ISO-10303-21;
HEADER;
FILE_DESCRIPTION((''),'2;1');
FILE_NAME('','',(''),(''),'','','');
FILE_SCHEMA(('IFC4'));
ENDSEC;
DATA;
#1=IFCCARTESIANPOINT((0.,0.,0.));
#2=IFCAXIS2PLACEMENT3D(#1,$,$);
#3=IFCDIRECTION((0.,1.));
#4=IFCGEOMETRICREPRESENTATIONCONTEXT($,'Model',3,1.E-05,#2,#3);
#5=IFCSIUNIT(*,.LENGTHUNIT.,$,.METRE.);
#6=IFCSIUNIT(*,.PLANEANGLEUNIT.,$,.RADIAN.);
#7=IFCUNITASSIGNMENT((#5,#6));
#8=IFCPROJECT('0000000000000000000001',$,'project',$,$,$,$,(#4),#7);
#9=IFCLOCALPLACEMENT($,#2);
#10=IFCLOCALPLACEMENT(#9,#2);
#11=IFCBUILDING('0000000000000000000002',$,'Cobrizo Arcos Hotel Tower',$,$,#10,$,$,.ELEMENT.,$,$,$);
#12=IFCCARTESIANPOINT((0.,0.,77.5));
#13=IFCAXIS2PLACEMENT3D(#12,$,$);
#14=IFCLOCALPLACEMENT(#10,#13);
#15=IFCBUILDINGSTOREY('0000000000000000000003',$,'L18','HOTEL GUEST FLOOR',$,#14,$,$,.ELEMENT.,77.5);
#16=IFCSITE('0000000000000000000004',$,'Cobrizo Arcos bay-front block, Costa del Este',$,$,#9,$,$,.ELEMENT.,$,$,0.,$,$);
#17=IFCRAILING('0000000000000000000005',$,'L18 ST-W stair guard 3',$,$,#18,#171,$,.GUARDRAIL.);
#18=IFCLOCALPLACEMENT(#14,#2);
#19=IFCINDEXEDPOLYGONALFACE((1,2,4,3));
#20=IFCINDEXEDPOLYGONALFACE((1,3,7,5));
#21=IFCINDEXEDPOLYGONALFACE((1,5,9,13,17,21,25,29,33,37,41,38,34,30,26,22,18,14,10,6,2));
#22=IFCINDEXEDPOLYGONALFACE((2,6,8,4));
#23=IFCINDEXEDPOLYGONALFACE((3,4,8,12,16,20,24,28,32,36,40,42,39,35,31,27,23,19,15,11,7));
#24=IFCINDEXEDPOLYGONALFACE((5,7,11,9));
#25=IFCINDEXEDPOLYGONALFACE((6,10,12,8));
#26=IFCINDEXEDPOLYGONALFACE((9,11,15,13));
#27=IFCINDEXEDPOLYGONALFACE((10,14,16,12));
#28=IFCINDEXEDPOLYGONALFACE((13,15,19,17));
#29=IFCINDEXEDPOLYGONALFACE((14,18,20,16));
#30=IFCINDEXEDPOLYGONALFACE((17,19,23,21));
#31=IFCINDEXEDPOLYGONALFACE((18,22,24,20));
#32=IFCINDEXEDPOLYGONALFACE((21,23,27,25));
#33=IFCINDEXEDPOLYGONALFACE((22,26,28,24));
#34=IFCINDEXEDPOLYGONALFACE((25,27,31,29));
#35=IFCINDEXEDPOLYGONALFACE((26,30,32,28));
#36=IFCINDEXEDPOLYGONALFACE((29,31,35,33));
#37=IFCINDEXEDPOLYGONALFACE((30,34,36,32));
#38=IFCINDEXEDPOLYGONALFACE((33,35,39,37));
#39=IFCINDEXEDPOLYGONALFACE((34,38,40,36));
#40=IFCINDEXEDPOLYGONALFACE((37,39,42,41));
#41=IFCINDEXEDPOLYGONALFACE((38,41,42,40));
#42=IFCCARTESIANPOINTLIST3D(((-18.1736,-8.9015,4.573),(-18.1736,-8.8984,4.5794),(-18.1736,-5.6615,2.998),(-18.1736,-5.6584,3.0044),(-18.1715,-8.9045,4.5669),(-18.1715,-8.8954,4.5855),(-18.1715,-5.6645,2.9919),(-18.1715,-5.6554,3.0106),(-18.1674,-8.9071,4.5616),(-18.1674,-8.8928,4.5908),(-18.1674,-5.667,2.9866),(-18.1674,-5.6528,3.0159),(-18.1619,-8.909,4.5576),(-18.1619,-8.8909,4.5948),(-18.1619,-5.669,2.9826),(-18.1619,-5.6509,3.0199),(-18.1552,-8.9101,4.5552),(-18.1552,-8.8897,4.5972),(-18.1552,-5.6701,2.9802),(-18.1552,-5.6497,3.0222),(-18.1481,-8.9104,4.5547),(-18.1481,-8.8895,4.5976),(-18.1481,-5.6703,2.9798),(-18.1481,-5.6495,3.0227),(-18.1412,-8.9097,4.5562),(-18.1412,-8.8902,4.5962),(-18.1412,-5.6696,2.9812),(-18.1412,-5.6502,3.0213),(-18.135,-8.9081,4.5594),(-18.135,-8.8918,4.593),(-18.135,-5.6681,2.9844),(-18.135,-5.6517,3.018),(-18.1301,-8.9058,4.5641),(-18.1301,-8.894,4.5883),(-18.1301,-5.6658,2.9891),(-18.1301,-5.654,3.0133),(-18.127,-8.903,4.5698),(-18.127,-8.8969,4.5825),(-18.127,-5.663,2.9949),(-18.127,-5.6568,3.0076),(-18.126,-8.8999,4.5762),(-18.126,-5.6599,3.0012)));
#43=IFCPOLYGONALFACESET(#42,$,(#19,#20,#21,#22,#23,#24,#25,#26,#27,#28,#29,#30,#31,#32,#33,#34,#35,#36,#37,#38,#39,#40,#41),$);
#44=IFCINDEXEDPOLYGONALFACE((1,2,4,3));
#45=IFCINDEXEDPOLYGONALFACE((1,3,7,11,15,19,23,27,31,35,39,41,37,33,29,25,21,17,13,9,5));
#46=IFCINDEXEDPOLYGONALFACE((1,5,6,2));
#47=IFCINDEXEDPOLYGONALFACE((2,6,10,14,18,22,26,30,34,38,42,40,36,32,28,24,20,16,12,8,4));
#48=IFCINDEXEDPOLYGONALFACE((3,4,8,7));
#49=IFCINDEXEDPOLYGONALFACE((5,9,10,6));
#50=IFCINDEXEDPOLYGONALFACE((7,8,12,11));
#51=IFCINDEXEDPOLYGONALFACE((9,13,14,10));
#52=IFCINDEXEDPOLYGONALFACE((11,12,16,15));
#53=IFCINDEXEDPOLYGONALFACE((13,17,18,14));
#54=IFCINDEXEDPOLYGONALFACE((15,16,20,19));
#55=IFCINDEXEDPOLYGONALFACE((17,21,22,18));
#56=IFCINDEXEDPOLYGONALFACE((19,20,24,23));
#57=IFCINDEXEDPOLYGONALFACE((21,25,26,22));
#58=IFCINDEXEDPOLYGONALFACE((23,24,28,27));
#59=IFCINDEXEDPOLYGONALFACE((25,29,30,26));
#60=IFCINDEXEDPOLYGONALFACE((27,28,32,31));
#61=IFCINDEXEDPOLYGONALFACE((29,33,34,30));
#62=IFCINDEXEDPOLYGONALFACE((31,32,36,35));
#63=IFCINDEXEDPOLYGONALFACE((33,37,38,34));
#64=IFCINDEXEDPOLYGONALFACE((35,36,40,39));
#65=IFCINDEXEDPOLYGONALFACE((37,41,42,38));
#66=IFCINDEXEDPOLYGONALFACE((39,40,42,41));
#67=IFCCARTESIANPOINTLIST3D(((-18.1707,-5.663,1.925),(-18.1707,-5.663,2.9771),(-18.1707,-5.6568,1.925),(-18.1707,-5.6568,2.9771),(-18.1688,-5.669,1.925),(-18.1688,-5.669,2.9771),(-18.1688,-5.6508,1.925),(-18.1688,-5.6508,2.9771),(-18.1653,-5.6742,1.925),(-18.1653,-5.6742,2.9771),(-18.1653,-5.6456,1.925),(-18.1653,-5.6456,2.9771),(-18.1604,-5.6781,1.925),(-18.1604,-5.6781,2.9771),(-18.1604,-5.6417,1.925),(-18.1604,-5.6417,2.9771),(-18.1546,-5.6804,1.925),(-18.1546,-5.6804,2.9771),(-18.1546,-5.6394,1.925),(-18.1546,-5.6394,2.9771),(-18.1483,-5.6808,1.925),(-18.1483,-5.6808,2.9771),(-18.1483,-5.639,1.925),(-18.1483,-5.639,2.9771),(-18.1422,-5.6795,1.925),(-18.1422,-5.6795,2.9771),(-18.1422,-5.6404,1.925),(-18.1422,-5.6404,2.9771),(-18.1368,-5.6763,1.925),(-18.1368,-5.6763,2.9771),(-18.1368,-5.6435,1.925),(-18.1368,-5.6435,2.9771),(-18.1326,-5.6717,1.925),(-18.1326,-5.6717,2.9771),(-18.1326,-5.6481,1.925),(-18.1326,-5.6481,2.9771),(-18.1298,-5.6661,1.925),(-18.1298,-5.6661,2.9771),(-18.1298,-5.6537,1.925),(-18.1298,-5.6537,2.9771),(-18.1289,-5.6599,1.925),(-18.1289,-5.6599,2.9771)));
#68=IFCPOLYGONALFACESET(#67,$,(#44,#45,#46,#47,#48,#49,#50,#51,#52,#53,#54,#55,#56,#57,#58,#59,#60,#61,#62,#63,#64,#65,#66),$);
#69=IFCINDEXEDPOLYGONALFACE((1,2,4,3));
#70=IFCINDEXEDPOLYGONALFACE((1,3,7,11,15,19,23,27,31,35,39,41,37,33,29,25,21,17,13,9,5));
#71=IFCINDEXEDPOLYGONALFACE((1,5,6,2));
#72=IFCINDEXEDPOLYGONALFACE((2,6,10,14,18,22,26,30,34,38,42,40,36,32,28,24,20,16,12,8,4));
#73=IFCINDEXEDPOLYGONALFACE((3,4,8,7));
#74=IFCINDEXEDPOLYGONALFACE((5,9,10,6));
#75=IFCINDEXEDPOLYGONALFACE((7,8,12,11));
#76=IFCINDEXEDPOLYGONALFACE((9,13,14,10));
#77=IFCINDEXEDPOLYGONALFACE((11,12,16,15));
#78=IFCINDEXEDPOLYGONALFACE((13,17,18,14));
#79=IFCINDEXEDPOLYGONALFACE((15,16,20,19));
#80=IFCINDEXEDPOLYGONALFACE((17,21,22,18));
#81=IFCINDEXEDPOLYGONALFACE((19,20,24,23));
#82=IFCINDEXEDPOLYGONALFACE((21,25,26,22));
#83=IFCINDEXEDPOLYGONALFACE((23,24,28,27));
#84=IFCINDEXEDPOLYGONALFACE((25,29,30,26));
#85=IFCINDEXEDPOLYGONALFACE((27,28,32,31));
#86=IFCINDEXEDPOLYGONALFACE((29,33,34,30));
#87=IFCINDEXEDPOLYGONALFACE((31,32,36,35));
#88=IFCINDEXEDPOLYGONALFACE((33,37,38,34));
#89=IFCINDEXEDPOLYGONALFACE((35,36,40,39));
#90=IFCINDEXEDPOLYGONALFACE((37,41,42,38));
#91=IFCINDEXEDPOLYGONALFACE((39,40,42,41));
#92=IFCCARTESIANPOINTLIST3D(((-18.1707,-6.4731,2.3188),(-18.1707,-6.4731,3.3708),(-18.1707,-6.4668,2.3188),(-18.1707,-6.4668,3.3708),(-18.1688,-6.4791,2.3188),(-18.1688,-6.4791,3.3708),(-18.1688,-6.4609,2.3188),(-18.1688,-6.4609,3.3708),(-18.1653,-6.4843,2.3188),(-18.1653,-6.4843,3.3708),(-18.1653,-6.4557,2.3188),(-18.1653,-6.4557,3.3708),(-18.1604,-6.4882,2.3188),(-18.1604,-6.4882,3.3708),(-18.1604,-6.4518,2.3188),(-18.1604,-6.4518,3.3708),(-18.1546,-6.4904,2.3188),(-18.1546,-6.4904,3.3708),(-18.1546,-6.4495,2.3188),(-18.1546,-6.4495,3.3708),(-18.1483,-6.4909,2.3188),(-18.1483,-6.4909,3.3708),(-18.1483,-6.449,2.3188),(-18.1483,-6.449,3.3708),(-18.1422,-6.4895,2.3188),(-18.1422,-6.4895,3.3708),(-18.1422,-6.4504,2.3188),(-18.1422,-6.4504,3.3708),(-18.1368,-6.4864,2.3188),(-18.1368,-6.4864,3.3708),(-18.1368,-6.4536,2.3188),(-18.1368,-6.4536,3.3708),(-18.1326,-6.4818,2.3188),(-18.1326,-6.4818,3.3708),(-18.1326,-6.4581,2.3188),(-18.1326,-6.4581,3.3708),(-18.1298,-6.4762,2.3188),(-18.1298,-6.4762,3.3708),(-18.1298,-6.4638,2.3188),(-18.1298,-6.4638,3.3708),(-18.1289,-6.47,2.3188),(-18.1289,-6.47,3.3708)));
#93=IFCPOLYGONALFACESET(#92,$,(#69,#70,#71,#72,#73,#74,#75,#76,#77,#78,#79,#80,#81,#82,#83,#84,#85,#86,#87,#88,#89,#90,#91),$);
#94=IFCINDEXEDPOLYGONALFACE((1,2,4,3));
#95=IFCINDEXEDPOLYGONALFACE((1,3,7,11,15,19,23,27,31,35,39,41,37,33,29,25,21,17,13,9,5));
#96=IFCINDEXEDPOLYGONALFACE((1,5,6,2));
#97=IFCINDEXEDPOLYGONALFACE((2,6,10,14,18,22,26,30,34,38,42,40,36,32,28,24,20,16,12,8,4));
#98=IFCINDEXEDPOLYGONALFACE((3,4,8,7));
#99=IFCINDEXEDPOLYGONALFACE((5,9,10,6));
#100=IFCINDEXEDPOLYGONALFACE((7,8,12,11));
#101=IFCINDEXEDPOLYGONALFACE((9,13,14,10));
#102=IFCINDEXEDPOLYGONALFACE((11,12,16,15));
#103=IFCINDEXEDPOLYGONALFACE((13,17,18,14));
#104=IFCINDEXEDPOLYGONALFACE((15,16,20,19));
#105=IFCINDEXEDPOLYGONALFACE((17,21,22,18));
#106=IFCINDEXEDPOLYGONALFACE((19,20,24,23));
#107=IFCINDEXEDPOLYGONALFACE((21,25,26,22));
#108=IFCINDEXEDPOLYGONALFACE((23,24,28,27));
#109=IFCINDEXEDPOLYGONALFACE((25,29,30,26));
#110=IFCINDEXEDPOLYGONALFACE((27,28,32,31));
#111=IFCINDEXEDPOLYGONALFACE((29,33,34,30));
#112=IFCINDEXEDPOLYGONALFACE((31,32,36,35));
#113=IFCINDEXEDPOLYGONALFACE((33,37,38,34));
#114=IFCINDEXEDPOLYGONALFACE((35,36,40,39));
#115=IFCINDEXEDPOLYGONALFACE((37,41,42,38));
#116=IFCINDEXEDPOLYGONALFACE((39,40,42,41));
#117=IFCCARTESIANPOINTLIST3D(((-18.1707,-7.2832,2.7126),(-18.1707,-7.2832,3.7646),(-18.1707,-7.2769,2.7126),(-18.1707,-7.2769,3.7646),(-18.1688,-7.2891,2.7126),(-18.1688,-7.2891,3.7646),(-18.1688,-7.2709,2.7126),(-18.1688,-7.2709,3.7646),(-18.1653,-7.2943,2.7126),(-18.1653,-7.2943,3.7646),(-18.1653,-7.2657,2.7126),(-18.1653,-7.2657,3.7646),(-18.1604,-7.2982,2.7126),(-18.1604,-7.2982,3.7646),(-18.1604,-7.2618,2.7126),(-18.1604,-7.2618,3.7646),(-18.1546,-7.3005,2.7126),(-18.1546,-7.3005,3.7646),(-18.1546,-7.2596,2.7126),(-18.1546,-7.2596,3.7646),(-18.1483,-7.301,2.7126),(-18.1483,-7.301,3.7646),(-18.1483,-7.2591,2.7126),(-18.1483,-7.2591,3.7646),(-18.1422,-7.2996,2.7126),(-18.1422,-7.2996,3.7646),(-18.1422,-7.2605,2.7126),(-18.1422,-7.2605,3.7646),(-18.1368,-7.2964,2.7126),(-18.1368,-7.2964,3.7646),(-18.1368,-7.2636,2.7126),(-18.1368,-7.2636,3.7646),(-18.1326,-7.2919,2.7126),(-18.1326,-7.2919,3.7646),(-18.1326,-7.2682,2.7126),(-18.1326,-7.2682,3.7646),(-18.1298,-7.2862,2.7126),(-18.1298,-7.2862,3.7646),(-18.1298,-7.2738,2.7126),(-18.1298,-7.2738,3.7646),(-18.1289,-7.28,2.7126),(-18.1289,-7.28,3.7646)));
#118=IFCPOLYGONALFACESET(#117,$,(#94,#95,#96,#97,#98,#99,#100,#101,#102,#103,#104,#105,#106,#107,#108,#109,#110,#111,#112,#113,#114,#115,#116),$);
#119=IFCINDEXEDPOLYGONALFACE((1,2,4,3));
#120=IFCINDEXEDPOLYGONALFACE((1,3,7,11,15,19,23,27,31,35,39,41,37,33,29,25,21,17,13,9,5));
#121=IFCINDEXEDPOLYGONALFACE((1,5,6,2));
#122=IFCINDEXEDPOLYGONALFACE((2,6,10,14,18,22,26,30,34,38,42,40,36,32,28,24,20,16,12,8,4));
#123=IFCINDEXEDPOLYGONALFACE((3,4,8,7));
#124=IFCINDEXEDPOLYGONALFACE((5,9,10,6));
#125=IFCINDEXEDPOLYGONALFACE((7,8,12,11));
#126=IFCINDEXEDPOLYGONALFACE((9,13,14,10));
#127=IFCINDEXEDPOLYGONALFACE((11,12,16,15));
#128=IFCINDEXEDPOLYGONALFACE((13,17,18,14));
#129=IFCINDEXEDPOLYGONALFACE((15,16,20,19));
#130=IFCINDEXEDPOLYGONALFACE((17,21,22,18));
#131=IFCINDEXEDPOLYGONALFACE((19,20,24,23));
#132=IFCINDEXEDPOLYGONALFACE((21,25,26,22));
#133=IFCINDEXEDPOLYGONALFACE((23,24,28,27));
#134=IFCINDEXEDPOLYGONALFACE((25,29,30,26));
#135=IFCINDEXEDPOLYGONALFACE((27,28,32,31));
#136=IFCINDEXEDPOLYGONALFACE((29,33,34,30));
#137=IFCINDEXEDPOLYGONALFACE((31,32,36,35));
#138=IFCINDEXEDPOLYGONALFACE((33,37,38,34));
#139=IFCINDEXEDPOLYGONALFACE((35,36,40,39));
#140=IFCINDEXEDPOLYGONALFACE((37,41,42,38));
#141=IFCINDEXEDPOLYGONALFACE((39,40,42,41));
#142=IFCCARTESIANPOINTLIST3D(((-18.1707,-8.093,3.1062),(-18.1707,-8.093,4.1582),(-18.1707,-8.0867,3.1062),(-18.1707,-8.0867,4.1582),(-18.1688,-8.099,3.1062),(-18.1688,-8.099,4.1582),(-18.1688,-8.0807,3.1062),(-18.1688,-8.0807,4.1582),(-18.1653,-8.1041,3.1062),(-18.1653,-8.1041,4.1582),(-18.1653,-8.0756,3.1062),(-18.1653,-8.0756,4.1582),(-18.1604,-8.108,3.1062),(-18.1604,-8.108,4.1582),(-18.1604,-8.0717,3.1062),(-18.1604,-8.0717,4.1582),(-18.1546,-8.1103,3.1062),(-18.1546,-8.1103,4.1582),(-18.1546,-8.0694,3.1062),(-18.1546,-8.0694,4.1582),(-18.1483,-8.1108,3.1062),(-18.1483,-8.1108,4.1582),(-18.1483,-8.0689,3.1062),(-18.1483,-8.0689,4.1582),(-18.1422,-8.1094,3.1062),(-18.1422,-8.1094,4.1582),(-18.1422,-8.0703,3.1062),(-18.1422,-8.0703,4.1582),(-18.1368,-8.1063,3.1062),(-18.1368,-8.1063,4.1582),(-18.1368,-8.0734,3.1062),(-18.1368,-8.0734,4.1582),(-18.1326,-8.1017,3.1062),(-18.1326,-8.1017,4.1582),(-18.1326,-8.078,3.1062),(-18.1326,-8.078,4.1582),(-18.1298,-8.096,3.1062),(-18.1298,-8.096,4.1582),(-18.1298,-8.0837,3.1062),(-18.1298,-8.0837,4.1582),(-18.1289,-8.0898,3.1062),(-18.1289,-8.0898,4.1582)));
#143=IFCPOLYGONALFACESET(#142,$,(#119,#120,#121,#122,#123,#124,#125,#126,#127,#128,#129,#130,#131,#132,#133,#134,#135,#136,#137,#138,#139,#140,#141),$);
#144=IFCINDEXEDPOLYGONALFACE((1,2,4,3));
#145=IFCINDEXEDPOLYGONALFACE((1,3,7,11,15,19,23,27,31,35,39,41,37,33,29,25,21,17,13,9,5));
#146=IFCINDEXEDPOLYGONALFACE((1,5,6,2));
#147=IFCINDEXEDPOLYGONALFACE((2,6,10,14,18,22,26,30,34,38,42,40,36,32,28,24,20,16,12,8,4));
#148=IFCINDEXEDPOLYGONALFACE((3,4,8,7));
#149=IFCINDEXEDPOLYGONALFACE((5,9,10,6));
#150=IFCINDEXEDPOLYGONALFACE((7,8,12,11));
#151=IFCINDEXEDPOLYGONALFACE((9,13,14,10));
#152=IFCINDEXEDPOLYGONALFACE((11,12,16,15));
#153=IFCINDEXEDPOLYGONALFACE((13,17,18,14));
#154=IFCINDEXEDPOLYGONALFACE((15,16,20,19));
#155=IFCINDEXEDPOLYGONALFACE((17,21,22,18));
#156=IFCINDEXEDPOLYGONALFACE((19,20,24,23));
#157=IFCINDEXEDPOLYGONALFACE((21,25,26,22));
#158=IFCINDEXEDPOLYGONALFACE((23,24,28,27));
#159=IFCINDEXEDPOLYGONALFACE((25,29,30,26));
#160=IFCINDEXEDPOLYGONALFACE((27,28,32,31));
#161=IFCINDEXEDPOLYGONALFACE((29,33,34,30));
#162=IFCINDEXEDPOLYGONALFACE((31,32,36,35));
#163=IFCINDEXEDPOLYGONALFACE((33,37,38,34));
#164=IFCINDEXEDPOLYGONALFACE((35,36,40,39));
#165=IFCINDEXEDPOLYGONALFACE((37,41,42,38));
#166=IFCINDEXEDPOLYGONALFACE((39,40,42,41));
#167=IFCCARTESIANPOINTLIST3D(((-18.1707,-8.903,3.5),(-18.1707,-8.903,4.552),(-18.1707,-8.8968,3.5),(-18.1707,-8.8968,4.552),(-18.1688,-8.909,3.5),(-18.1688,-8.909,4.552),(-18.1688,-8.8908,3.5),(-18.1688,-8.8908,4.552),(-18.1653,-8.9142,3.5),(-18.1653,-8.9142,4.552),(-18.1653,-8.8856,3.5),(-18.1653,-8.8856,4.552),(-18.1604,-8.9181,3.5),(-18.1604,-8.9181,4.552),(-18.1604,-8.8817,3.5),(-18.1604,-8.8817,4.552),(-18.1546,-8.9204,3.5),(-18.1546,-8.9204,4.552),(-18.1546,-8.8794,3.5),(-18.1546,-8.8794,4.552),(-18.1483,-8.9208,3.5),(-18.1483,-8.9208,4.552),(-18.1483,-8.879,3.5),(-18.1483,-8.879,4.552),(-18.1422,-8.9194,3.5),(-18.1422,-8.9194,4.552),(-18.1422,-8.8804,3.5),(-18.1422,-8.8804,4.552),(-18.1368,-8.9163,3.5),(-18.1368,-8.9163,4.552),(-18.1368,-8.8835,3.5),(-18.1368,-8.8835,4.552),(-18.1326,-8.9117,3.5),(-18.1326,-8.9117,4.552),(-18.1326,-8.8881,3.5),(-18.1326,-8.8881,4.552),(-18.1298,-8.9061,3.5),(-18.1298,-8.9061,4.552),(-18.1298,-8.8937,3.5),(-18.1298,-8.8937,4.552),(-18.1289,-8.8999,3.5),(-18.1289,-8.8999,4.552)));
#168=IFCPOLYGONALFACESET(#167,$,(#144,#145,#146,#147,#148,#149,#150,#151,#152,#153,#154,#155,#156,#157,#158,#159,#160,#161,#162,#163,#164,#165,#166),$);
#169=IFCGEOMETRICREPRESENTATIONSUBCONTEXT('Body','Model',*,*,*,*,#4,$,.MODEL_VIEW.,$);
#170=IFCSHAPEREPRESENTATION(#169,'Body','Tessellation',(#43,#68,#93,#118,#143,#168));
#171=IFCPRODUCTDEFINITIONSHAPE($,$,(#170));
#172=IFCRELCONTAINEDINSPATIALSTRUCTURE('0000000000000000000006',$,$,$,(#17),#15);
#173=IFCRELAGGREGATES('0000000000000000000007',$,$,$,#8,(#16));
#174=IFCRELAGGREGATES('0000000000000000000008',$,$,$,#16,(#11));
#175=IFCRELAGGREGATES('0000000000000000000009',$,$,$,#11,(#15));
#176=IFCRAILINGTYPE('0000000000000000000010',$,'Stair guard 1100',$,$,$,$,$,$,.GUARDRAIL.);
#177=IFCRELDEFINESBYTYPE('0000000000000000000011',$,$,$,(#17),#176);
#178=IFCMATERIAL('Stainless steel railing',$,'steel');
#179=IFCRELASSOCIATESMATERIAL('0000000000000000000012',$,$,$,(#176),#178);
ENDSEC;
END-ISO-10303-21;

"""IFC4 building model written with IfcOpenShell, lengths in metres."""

from ifc_helpers import new_model, si_unit, direction, frame, origin, origin_2d, place, context, subcontext, project, spatial, circle, extrude, material, type_object, element, save


model = new_model("IFC4")

# Units and contexts
model_context = context("Model", 3, precision=1e-05, world=origin(), true_north=direction((0.0, 1.0)))
body_context = subcontext(model_context, "Body", "Model", "MODEL_VIEW")
ifc_project = project(units=[si_unit("LENGTHUNIT", "METRE"), si_unit("PLANEANGLEUNIT", "RADIAN")], contexts=[model_context])

# Site, building, storey
site_placement = place(None, origin())
site = spatial("IfcSite", under=ifc_project, at=site_placement, Name="Cobrizo Arcos bay-front block, Costa del Este", CompositionType="ELEMENT", RefElevation=0.0)
building_placement = place(site_placement, origin())
building = spatial("IfcBuilding", under=site, at=building_placement, Name="Cobrizo Arcos Hotel Tower", CompositionType="ELEMENT")
storey_placement = place(building_placement, frame((0.0, 0.0, 77.5)))
storey = spatial("IfcBuildingStorey", under=building, at=storey_placement, Name="L18", Description="HOTEL GUEST FLOOR", CompositionType="ELEMENT", Elevation=77.5)

# Railing
ifc_material_1 = material(Name="Stainless steel railing", Category="steel")
railing_type_1 = type_object("IfcRailingType", Name="Stair guard 1100", PredefinedType="GUARDRAIL", material=ifc_material_1)
railing_1_placement = place(storey_placement, frame((-18.1499, -5.6599, 1.925)))
element("IfcRailing", 1, at=railing_1_placement, inside=storey, type_object=railing_type_1, Name="L18 ST-W stair guard 3", PredefinedType="GUARDRAIL", context=body_context, shape_type="SweptSolid", body=[
    extrude(circle(Radius=0.0239, at=origin_2d()), frame((0.0, 0.0, 1.0762), z_axis=(0.0, -0.899373, 0.437183), x_axis=(1.0, 0.0, 0.0)), (0.0, 0.0, 1.0), 3.6025),
    extrude(circle(Radius=0.021, at=origin_2d()), origin(), (0.0, 0.0, 1.0), 1.052),
    extrude(circle(Radius=0.021, at=origin_2d()), frame((0.0, -0.8101, 0.3938)), (0.0, 0.0, 1.0), 1.052),
    extrude(circle(Radius=0.021, at=origin_2d()), frame((0.0, -1.6201, 0.7876)), (0.0, 0.0, 1.0), 1.052),
    extrude(circle(Radius=0.021, at=origin_2d()), frame((0.0, -2.4299, 1.1812)), (0.0, 0.0, 1.0), 1.052),
    extrude(circle(Radius=0.021, at=origin_2d()), frame((0.0, -3.24, 1.575)), (0.0, 0.0, 1.0), 1.052),
])

save(model, "model.ifc")
